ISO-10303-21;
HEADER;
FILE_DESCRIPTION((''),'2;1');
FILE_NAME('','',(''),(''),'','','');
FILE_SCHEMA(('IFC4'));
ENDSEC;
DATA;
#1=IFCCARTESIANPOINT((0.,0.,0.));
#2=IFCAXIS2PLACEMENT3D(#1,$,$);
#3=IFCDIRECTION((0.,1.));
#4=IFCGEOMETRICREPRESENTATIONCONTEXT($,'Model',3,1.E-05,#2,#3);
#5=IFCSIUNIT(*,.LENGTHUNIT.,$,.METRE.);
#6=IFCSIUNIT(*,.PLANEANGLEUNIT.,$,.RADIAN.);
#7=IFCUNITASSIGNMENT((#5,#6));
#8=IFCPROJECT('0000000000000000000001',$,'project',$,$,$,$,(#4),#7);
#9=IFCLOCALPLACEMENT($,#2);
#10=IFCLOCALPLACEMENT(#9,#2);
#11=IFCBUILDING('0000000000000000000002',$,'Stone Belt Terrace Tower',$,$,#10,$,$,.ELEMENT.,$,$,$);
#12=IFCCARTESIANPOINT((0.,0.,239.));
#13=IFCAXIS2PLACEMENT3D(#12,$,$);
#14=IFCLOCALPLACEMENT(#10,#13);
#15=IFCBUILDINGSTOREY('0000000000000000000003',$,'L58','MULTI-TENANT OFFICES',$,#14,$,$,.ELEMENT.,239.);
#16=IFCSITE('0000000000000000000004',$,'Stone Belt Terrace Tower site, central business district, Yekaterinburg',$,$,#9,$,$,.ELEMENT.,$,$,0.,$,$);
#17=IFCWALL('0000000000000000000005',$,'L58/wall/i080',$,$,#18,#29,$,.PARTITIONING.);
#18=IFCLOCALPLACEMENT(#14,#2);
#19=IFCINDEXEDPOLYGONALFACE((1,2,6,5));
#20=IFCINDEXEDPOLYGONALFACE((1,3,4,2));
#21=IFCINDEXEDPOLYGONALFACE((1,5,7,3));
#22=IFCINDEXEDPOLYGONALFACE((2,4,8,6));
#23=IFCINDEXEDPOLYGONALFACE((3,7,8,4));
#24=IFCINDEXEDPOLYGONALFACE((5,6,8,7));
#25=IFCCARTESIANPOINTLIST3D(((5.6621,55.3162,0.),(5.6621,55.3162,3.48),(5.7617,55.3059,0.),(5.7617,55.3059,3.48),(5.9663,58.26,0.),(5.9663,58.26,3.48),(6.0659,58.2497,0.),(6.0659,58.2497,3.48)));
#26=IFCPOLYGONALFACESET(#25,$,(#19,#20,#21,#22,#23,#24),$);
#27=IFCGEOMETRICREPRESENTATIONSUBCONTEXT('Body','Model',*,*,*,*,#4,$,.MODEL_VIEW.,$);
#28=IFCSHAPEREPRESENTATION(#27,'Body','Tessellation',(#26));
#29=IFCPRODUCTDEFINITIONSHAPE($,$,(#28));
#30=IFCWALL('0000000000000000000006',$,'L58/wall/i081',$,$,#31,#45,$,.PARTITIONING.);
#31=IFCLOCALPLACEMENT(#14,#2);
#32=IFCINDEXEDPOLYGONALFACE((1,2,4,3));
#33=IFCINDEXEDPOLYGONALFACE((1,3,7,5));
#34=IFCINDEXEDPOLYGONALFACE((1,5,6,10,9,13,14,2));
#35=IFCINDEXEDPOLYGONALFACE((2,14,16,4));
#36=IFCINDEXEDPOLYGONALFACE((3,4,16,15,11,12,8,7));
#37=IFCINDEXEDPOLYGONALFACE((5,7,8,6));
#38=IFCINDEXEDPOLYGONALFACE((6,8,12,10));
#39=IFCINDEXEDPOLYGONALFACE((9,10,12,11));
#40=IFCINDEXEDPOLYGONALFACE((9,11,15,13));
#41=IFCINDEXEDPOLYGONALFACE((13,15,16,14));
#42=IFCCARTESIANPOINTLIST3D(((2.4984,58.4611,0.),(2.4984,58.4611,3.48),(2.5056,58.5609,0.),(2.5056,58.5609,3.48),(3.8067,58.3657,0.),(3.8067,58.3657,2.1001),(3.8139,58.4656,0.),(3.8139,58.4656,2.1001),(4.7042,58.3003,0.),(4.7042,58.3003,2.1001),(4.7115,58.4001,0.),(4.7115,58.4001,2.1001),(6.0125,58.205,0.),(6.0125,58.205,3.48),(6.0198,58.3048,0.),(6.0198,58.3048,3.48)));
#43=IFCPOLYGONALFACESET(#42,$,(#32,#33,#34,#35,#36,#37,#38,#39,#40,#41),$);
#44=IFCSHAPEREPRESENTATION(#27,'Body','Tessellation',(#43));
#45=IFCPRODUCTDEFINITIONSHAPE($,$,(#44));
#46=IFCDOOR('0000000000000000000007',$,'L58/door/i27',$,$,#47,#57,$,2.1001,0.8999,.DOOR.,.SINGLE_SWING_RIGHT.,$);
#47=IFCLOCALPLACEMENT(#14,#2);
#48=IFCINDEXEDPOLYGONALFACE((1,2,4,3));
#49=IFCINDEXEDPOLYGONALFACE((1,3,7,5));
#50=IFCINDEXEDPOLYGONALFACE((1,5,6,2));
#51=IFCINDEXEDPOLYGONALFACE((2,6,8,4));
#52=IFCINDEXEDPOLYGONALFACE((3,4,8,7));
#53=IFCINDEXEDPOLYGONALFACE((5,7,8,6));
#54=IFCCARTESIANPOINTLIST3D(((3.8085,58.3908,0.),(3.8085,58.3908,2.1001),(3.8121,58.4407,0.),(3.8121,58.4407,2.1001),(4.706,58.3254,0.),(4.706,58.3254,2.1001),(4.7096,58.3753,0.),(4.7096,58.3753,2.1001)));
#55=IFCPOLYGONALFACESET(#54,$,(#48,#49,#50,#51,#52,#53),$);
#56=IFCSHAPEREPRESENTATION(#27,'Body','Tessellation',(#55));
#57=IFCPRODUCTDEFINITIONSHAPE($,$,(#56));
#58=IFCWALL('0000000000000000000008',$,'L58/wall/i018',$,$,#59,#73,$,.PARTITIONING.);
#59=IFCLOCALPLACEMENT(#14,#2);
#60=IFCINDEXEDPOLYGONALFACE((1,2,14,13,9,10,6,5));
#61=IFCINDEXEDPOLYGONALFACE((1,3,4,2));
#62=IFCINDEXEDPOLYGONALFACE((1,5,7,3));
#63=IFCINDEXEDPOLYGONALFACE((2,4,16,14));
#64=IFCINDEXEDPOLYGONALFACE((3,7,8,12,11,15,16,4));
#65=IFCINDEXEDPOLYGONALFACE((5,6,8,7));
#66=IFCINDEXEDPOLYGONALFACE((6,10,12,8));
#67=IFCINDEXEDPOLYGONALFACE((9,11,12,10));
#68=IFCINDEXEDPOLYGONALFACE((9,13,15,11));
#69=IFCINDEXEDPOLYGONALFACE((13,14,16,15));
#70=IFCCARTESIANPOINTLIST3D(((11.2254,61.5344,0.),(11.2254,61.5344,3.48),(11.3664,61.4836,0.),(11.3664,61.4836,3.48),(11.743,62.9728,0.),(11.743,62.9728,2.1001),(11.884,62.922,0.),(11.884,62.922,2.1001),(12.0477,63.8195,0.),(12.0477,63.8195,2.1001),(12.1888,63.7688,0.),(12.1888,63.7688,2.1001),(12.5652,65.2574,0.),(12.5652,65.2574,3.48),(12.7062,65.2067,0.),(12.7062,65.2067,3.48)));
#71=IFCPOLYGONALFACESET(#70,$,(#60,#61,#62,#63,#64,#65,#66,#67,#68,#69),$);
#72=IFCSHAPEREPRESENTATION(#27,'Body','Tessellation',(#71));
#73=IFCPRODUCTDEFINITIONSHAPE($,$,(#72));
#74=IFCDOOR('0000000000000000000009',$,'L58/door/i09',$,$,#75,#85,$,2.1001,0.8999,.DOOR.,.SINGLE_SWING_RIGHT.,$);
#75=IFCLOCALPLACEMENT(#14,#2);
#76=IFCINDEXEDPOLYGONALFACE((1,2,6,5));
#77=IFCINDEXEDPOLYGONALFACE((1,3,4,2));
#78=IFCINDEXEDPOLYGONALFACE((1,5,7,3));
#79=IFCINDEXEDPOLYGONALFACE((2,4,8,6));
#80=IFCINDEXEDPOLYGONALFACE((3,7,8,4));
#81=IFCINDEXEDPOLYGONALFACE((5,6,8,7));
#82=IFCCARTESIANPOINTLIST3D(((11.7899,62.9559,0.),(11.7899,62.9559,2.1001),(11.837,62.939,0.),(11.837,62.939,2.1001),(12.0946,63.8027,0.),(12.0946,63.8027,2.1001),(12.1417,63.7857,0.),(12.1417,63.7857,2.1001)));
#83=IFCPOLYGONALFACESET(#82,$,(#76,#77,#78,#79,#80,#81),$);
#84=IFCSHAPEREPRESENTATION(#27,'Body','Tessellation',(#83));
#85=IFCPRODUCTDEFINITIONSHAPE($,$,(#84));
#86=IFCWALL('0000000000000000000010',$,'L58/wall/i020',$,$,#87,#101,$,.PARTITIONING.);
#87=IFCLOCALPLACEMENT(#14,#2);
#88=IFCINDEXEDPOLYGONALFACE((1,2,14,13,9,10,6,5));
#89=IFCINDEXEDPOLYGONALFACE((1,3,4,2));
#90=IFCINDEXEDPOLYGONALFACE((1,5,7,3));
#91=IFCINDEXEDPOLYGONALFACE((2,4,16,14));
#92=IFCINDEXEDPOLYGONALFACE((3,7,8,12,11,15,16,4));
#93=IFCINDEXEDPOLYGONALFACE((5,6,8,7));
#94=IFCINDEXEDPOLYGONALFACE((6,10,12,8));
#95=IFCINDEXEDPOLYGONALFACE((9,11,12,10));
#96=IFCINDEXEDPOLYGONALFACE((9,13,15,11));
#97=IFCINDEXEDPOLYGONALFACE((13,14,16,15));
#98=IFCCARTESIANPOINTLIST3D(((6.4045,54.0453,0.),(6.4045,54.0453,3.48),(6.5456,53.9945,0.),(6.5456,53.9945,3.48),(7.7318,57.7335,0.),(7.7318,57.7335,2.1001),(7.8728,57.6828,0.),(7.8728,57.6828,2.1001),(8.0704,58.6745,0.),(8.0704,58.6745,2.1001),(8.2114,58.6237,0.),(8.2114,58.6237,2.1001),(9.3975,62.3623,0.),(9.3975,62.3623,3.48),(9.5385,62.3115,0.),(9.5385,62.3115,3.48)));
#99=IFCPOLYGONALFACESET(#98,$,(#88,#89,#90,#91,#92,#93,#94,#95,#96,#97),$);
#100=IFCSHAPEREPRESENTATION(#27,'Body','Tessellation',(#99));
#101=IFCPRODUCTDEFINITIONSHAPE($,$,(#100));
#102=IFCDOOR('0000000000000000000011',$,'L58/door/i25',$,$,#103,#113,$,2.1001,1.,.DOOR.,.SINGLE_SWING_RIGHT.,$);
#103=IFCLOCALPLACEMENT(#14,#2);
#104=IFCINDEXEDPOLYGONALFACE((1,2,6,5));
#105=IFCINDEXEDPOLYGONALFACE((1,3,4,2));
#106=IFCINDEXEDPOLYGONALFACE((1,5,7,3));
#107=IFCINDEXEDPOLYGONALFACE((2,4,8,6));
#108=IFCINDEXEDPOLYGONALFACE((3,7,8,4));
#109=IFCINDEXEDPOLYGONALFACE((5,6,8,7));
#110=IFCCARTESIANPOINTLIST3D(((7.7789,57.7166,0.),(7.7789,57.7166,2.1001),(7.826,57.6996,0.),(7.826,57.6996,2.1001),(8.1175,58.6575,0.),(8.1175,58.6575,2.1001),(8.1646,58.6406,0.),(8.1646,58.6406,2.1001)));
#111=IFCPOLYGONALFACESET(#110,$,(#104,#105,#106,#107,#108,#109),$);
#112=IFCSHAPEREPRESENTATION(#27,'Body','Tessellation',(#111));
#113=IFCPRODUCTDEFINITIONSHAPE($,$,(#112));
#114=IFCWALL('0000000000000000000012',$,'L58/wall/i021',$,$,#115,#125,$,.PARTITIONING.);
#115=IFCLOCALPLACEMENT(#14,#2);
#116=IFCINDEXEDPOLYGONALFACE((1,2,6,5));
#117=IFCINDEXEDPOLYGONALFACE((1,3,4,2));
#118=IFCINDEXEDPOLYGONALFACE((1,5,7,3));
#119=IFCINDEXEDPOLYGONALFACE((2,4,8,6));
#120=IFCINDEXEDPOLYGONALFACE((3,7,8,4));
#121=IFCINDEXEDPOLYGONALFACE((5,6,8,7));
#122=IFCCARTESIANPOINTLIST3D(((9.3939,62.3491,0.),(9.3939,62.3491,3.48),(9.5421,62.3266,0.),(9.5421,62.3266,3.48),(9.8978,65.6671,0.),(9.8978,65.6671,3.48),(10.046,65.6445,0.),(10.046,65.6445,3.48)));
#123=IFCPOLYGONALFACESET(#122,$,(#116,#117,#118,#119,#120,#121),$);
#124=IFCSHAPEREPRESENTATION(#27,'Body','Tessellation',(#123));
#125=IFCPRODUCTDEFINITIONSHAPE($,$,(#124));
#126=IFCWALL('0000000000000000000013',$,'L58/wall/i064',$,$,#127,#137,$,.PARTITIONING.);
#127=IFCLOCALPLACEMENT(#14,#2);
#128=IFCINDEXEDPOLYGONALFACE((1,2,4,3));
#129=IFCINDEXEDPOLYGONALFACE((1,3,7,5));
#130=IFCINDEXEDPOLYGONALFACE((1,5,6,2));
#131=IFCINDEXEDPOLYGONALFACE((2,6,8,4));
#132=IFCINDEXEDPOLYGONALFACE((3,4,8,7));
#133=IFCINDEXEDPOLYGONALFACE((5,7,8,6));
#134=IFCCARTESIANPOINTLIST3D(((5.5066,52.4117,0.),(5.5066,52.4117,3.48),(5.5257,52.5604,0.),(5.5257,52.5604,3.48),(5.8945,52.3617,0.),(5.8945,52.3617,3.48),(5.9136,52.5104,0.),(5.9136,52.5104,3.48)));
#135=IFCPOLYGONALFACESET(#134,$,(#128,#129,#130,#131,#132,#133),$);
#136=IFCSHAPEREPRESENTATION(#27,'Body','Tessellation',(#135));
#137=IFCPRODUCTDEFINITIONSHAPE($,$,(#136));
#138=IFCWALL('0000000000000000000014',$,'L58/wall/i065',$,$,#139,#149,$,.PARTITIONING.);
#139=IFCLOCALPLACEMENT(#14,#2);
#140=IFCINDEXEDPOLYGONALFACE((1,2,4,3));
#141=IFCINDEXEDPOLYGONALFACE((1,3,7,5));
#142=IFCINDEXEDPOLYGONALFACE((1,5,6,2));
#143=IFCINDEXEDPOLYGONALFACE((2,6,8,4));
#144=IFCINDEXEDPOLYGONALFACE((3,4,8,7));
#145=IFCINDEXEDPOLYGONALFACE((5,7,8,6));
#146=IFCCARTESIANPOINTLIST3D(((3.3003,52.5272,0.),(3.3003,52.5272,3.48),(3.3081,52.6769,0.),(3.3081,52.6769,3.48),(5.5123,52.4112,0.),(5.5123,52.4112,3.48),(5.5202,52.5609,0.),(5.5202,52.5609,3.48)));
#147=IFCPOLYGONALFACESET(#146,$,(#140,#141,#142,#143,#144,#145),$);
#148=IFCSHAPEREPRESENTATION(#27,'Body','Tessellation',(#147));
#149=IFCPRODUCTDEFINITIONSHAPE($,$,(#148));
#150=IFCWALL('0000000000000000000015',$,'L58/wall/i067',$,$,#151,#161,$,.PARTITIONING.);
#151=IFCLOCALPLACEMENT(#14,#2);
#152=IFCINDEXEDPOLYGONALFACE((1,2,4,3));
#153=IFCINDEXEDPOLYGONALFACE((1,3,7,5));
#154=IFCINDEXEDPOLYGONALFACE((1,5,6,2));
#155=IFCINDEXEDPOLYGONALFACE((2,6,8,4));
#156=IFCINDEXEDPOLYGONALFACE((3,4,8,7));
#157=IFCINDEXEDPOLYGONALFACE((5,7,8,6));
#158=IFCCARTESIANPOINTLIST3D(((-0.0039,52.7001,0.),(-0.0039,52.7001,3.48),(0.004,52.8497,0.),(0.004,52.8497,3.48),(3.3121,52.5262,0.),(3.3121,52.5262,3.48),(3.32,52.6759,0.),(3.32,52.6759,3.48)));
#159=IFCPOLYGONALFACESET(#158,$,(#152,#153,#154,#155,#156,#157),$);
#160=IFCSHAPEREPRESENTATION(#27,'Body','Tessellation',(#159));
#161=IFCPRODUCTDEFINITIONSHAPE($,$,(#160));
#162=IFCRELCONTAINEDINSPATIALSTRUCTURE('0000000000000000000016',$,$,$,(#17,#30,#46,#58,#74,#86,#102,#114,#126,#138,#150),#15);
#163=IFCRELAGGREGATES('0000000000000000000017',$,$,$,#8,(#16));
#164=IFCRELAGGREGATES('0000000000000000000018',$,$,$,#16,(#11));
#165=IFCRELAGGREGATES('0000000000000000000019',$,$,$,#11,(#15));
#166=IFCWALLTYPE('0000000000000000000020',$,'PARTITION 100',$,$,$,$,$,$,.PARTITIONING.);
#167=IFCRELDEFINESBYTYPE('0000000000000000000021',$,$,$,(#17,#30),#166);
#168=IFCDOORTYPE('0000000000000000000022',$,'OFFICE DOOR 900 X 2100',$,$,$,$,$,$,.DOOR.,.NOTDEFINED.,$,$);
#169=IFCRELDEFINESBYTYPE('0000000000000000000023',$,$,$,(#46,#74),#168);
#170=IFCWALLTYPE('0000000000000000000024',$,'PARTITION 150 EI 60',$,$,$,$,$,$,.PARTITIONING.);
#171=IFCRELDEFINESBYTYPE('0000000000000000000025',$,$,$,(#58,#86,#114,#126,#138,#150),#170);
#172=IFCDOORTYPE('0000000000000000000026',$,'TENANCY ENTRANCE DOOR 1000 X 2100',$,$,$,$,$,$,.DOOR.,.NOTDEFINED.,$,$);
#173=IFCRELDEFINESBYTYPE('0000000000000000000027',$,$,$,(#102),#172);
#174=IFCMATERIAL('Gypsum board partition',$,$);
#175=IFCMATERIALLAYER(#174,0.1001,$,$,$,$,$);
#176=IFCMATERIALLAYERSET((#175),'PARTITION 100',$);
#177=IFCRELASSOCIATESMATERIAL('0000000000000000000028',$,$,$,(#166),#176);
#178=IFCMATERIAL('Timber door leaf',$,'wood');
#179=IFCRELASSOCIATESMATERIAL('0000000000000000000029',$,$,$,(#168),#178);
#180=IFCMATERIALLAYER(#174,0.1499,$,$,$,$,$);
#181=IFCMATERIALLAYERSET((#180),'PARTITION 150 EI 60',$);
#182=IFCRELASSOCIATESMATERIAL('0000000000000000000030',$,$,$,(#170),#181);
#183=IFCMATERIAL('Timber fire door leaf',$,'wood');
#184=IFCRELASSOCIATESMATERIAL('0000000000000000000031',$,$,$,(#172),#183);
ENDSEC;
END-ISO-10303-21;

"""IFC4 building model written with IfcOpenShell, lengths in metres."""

from ifc_helpers import new_model, si_unit, direction, frame, frame_2d, origin, place, context, subcontext, project, spatial, rectangle, extrude, material, layer, layer_set, type_object, element, fill, save


model = new_model("IFC4")

# Units and contexts
model_context = context("Model", 3, precision=1e-05, world=origin(), true_north=direction((0.0, 1.0)))
body_context = subcontext(model_context, "Body", "Model", "MODEL_VIEW")
ifc_project = project(units=[si_unit("LENGTHUNIT", "METRE"), si_unit("PLANEANGLEUNIT", "RADIAN")], contexts=[model_context])

# Site, building, storey
site_placement = place(None, origin())
site = spatial("IfcSite", under=ifc_project, at=site_placement, Name="Stone Belt Terrace Tower site, central business district, Yekaterinburg", CompositionType="ELEMENT", RefElevation=0.0)
building_placement = place(site_placement, origin())
building = spatial("IfcBuilding", under=site, at=building_placement, Name="Stone Belt Terrace Tower", CompositionType="ELEMENT")
storey_placement = place(building_placement, frame((0.0, 0.0, 239.0)))
storey = spatial("IfcBuildingStorey", under=building, at=storey_placement, Name="L58", Description="MULTI-TENANT OFFICES", CompositionType="ELEMENT", Elevation=239.0)

# Shared definitions
ifc_material_1 = material(Name="Timber door leaf", Category="wood")

# Wall
ifc_material_2 = material(Name="Gypsum board partition")
ifc_layer_1 = layer(ifc_material_2, 0.1001)
ifc_layer_set_1 = layer_set([ifc_layer_1], Name="PARTITION 100")
wall_type_1 = type_object("IfcWallType", Name="PARTITION 100", PredefinedType="PARTITIONING", material=ifc_layer_set_1)
wall_1_placement = place(storey_placement, frame((5.7119, 55.311, 0.0), z_axis=(0.0, 0.0, 1.0), x_axis=(0.102787, 0.994703, 0.0)))
element("IfcWall", 1, at=wall_1_placement, inside=storey, type_object=wall_type_1, Name="L58/wall/i080", PredefinedType="PARTITIONING", context=body_context, shape_type="SweptSolid", body=[
    extrude(rectangle(XDim=2.9595, YDim=0.1001, at=frame_2d((1.4797, 0.0))), origin(), (0.0, 0.0, 1.0), 3.48),
])

# Walls, openings, doors
wall_2_placement = place(storey_placement, frame((6.0161, 58.2549, 0.0), z_axis=(0.0, 0.0, 1.0), x_axis=(-0.997355, 0.072685, 0.0)))
wall_2 = element("IfcWall", 2, at=wall_2_placement, inside=storey, type_object=wall_type_1, Name="L58/wall/i081", PredefinedType="PARTITIONING", context=body_context, shape_type="SweptSolid", body=[
    extrude(rectangle(XDim=3.5234, YDim=0.1001, at=frame_2d((1.7617, 0.0))), origin(), (0.0, 0.0, 1.0), 3.48),
])
opening_1_placement = place(wall_2_placement, frame((1.3118, 0.0, 0.0)))
opening_1 = element("IfcOpeningElement", 3, at=opening_1_placement, cuts=wall_2, PredefinedType="OPENING", context=body_context, shape_type="SweptSolid", body=[
    extrude(rectangle(XDim=0.8999, YDim=2.1001, at=frame_2d((0.45, 1.05))), frame((0.0, 0.0601, 0.0), z_axis=(0.0, -1.0, 0.0), x_axis=(1.0, 0.0, 0.0)), (0.0, 0.0, 1.0), 0.1201),
])
door_type_1 = type_object("IfcDoorType", Name="OFFICE DOOR 900 X 2100", OperationType="NOTDEFINED", PredefinedType="DOOR", material=ifc_material_1)
door_1_placement = place(opening_1_placement, origin())
door_1 = element("IfcDoor", 4, at=door_1_placement, inside=storey, type_object=door_type_1, Name="L58/door/i27", OperationType="SINGLE_SWING_RIGHT", OverallHeight=2.1001, OverallWidth=0.8999, PredefinedType="DOOR", context=body_context, shape_type="SweptSolid", body=[
    extrude(rectangle(XDim=0.8999, YDim=2.1001, at=frame_2d((0.45, 1.05))), frame((0.0, 0.0249, 0.0), z_axis=(0.0, -1.0, 0.0), x_axis=(1.0, 0.0, 0.0)), (0.0, 0.0, 1.0), 0.05),
])
fill(opening_1, door_1)
ifc_layer_2 = layer(ifc_material_2, 0.1499)
ifc_layer_set_2 = layer_set([ifc_layer_2], Name="PARTITION 150 EI 60")
wall_type_2 = type_object("IfcWallType", Name="PARTITION 150 EI 60", PredefinedType="PARTITIONING", material=ifc_layer_set_2)
wall_3_placement = place(storey_placement, frame((12.6357, 65.2322, 0.0), z_axis=(0.0, 0.0, 1.0), x_axis=(-0.33861, -0.940927, 0.0)))
wall_3 = element("IfcWall", 5, at=wall_3_placement, inside=storey, type_object=wall_type_2, Name="L58/wall/i018", PredefinedType="PARTITIONING", context=body_context, shape_type="SweptSolid", body=[
    extrude(rectangle(XDim=3.9568, YDim=0.1499, at=frame_2d((1.9785, 0.0))), origin(), (0.0, 0.0, 1.0), 3.48),
])
opening_2_placement = place(wall_3_placement, frame((1.5283, 0.0, 0.0)))
opening_2 = element("IfcOpeningElement", 6, at=opening_2_placement, cuts=wall_3, PredefinedType="OPENING", context=body_context, shape_type="SweptSolid", body=[
    extrude(rectangle(XDim=0.8999, YDim=2.1001, at=frame_2d((0.45, 1.05))), frame((0.0, 0.085, 0.0), z_axis=(0.0, -1.0, 0.0), x_axis=(1.0, 0.0, 0.0)), (0.0, 0.0, 1.0), 0.1699),
])
door_2_placement = place(opening_2_placement, origin())
door_2 = element("IfcDoor", 7, at=door_2_placement, inside=storey, type_object=door_type_1, Name="L58/door/i09", OperationType="SINGLE_SWING_RIGHT", OverallHeight=2.1001, OverallWidth=0.8999, PredefinedType="DOOR", context=body_context, shape_type="SweptSolid", body=[
    extrude(rectangle(XDim=0.8999, YDim=2.1001, at=frame_2d((0.45, 1.05))), frame((0.0, 0.0249, 0.0), z_axis=(0.0, -1.0, 0.0), x_axis=(1.0, 0.0, 0.0)), (0.0, 0.0, 1.0), 0.05),
])
fill(opening_2, door_2)
wall_4_placement = place(storey_placement, frame((6.4751, 54.02, 0.0), z_axis=(0.0, 0.0, 1.0), x_axis=(0.338603, 0.940929, 0.0)))
wall_4 = element("IfcWall", 8, at=wall_4_placement, inside=storey, type_object=wall_type_2, Name="L58/wall/i020", PredefinedType="PARTITIONING", context=body_context, shape_type="SweptSolid", body=[
    extrude(rectangle(XDim=8.8391, YDim=0.1499, at=frame_2d((4.4194, 0.0))), origin(), (0.0, 0.0, 1.0), 3.48),
])
opening_3_placement = place(wall_4_placement, frame((3.9197, 0.0, 0.0)))
opening_3 = element("IfcOpeningElement", 9, at=opening_3_placement, cuts=wall_4, PredefinedType="OPENING", context=body_context, shape_type="SweptSolid", body=[
    extrude(rectangle(XDim=1.0, YDim=2.1001, at=frame_2d((0.5, 1.05))), frame((0.0, 0.085, 0.0), z_axis=(0.0, -1.0, 0.0), x_axis=(1.0, 0.0, 0.0)), (0.0, 0.0, 1.0), 0.1699),
])
ifc_material_3 = material(Name="Timber fire door leaf", Category="wood")
door_type_2 = type_object("IfcDoorType", Name="TENANCY ENTRANCE DOOR 1000 X 2100", OperationType="NOTDEFINED", PredefinedType="DOOR", material=ifc_material_3)
door_3_placement = place(opening_3_placement, origin())
door_3 = element("IfcDoor", 10, at=door_3_placement, inside=storey, type_object=door_type_2, Name="L58/door/i25", OperationType="SINGLE_SWING_RIGHT", OverallHeight=2.1001, OverallWidth=1.0, PredefinedType="DOOR", context=body_context, shape_type="SweptSolid", body=[
    extrude(rectangle(XDim=1.0, YDim=2.1001, at=frame_2d((0.5, 1.05))), frame((0.0, 0.0249, 0.0), z_axis=(0.0, -1.0, 0.0), x_axis=(1.0, 0.0, 0.0)), (0.0, 0.0, 1.0), 0.05),
])
fill(opening_3, door_3)

# Walls
wall_5_placement = place(storey_placement, frame((9.468, 62.3379, 0.0), z_axis=(0.0, 0.0, 1.0), x_axis=(0.150154, 0.988663, 0.0)))
element("IfcWall", 11, at=wall_5_placement, inside=storey, type_object=wall_type_2, Name="L58/wall/i021", PredefinedType="PARTITIONING", context=body_context, shape_type="SweptSolid", body=[
    extrude(rectangle(XDim=3.356, YDim=0.1499, at=frame_2d((1.678, 0.0))), origin(), (0.0, 0.0, 1.0), 3.48),
])
wall_6_placement = place(storey_placement, frame((5.9041, 52.436, 0.0), z_axis=(0.0, 0.0, 1.0), x_axis=(-0.99178, 0.127952, 0.0)))
element("IfcWall", 12, at=wall_6_placement, inside=storey, type_object=wall_type_2, Name="L58/wall/i064", PredefinedType="PARTITIONING", context=body_context, shape_type="SweptSolid", body=[
    extrude(rectangle(XDim=0.3911, YDim=0.1499, at=frame_2d((0.1956, 0.0))), origin(), (0.0, 0.0, 1.0), 3.48),
])
wall_7_placement = place(storey_placement, frame((5.5161, 52.4861, 0.0), z_axis=(0.0, 0.0, 1.0), x_axis=(-0.998629, 0.052351, 0.0)))
element("IfcWall", 13, at=wall_7_placement, inside=storey, type_object=wall_type_2, Name="L58/wall/i065", PredefinedType="PARTITIONING", context=body_context, shape_type="SweptSolid", body=[
    extrude(rectangle(XDim=2.2151, YDim=0.1499, at=frame_2d((1.1074, 0.0))), origin(), (0.0, 0.0, 1.0), 3.48),
])
wall_8_placement = place(storey_placement, frame((3.3159, 52.6011, 0.0), z_axis=(0.0, 0.0, 1.0), x_axis=(-0.998629, 0.05235, 0.0)))
element("IfcWall", 14, at=wall_8_placement, inside=storey, type_object=wall_type_2, Name="L58/wall/i067", PredefinedType="PARTITIONING", context=body_context, shape_type="SweptSolid", body=[
    extrude(rectangle(XDim=3.3206, YDim=0.1499, at=frame_2d((1.6602, 0.0))), origin(), (0.0, 0.0, 1.0), 3.48),
])

save(model, "model.ifc")
